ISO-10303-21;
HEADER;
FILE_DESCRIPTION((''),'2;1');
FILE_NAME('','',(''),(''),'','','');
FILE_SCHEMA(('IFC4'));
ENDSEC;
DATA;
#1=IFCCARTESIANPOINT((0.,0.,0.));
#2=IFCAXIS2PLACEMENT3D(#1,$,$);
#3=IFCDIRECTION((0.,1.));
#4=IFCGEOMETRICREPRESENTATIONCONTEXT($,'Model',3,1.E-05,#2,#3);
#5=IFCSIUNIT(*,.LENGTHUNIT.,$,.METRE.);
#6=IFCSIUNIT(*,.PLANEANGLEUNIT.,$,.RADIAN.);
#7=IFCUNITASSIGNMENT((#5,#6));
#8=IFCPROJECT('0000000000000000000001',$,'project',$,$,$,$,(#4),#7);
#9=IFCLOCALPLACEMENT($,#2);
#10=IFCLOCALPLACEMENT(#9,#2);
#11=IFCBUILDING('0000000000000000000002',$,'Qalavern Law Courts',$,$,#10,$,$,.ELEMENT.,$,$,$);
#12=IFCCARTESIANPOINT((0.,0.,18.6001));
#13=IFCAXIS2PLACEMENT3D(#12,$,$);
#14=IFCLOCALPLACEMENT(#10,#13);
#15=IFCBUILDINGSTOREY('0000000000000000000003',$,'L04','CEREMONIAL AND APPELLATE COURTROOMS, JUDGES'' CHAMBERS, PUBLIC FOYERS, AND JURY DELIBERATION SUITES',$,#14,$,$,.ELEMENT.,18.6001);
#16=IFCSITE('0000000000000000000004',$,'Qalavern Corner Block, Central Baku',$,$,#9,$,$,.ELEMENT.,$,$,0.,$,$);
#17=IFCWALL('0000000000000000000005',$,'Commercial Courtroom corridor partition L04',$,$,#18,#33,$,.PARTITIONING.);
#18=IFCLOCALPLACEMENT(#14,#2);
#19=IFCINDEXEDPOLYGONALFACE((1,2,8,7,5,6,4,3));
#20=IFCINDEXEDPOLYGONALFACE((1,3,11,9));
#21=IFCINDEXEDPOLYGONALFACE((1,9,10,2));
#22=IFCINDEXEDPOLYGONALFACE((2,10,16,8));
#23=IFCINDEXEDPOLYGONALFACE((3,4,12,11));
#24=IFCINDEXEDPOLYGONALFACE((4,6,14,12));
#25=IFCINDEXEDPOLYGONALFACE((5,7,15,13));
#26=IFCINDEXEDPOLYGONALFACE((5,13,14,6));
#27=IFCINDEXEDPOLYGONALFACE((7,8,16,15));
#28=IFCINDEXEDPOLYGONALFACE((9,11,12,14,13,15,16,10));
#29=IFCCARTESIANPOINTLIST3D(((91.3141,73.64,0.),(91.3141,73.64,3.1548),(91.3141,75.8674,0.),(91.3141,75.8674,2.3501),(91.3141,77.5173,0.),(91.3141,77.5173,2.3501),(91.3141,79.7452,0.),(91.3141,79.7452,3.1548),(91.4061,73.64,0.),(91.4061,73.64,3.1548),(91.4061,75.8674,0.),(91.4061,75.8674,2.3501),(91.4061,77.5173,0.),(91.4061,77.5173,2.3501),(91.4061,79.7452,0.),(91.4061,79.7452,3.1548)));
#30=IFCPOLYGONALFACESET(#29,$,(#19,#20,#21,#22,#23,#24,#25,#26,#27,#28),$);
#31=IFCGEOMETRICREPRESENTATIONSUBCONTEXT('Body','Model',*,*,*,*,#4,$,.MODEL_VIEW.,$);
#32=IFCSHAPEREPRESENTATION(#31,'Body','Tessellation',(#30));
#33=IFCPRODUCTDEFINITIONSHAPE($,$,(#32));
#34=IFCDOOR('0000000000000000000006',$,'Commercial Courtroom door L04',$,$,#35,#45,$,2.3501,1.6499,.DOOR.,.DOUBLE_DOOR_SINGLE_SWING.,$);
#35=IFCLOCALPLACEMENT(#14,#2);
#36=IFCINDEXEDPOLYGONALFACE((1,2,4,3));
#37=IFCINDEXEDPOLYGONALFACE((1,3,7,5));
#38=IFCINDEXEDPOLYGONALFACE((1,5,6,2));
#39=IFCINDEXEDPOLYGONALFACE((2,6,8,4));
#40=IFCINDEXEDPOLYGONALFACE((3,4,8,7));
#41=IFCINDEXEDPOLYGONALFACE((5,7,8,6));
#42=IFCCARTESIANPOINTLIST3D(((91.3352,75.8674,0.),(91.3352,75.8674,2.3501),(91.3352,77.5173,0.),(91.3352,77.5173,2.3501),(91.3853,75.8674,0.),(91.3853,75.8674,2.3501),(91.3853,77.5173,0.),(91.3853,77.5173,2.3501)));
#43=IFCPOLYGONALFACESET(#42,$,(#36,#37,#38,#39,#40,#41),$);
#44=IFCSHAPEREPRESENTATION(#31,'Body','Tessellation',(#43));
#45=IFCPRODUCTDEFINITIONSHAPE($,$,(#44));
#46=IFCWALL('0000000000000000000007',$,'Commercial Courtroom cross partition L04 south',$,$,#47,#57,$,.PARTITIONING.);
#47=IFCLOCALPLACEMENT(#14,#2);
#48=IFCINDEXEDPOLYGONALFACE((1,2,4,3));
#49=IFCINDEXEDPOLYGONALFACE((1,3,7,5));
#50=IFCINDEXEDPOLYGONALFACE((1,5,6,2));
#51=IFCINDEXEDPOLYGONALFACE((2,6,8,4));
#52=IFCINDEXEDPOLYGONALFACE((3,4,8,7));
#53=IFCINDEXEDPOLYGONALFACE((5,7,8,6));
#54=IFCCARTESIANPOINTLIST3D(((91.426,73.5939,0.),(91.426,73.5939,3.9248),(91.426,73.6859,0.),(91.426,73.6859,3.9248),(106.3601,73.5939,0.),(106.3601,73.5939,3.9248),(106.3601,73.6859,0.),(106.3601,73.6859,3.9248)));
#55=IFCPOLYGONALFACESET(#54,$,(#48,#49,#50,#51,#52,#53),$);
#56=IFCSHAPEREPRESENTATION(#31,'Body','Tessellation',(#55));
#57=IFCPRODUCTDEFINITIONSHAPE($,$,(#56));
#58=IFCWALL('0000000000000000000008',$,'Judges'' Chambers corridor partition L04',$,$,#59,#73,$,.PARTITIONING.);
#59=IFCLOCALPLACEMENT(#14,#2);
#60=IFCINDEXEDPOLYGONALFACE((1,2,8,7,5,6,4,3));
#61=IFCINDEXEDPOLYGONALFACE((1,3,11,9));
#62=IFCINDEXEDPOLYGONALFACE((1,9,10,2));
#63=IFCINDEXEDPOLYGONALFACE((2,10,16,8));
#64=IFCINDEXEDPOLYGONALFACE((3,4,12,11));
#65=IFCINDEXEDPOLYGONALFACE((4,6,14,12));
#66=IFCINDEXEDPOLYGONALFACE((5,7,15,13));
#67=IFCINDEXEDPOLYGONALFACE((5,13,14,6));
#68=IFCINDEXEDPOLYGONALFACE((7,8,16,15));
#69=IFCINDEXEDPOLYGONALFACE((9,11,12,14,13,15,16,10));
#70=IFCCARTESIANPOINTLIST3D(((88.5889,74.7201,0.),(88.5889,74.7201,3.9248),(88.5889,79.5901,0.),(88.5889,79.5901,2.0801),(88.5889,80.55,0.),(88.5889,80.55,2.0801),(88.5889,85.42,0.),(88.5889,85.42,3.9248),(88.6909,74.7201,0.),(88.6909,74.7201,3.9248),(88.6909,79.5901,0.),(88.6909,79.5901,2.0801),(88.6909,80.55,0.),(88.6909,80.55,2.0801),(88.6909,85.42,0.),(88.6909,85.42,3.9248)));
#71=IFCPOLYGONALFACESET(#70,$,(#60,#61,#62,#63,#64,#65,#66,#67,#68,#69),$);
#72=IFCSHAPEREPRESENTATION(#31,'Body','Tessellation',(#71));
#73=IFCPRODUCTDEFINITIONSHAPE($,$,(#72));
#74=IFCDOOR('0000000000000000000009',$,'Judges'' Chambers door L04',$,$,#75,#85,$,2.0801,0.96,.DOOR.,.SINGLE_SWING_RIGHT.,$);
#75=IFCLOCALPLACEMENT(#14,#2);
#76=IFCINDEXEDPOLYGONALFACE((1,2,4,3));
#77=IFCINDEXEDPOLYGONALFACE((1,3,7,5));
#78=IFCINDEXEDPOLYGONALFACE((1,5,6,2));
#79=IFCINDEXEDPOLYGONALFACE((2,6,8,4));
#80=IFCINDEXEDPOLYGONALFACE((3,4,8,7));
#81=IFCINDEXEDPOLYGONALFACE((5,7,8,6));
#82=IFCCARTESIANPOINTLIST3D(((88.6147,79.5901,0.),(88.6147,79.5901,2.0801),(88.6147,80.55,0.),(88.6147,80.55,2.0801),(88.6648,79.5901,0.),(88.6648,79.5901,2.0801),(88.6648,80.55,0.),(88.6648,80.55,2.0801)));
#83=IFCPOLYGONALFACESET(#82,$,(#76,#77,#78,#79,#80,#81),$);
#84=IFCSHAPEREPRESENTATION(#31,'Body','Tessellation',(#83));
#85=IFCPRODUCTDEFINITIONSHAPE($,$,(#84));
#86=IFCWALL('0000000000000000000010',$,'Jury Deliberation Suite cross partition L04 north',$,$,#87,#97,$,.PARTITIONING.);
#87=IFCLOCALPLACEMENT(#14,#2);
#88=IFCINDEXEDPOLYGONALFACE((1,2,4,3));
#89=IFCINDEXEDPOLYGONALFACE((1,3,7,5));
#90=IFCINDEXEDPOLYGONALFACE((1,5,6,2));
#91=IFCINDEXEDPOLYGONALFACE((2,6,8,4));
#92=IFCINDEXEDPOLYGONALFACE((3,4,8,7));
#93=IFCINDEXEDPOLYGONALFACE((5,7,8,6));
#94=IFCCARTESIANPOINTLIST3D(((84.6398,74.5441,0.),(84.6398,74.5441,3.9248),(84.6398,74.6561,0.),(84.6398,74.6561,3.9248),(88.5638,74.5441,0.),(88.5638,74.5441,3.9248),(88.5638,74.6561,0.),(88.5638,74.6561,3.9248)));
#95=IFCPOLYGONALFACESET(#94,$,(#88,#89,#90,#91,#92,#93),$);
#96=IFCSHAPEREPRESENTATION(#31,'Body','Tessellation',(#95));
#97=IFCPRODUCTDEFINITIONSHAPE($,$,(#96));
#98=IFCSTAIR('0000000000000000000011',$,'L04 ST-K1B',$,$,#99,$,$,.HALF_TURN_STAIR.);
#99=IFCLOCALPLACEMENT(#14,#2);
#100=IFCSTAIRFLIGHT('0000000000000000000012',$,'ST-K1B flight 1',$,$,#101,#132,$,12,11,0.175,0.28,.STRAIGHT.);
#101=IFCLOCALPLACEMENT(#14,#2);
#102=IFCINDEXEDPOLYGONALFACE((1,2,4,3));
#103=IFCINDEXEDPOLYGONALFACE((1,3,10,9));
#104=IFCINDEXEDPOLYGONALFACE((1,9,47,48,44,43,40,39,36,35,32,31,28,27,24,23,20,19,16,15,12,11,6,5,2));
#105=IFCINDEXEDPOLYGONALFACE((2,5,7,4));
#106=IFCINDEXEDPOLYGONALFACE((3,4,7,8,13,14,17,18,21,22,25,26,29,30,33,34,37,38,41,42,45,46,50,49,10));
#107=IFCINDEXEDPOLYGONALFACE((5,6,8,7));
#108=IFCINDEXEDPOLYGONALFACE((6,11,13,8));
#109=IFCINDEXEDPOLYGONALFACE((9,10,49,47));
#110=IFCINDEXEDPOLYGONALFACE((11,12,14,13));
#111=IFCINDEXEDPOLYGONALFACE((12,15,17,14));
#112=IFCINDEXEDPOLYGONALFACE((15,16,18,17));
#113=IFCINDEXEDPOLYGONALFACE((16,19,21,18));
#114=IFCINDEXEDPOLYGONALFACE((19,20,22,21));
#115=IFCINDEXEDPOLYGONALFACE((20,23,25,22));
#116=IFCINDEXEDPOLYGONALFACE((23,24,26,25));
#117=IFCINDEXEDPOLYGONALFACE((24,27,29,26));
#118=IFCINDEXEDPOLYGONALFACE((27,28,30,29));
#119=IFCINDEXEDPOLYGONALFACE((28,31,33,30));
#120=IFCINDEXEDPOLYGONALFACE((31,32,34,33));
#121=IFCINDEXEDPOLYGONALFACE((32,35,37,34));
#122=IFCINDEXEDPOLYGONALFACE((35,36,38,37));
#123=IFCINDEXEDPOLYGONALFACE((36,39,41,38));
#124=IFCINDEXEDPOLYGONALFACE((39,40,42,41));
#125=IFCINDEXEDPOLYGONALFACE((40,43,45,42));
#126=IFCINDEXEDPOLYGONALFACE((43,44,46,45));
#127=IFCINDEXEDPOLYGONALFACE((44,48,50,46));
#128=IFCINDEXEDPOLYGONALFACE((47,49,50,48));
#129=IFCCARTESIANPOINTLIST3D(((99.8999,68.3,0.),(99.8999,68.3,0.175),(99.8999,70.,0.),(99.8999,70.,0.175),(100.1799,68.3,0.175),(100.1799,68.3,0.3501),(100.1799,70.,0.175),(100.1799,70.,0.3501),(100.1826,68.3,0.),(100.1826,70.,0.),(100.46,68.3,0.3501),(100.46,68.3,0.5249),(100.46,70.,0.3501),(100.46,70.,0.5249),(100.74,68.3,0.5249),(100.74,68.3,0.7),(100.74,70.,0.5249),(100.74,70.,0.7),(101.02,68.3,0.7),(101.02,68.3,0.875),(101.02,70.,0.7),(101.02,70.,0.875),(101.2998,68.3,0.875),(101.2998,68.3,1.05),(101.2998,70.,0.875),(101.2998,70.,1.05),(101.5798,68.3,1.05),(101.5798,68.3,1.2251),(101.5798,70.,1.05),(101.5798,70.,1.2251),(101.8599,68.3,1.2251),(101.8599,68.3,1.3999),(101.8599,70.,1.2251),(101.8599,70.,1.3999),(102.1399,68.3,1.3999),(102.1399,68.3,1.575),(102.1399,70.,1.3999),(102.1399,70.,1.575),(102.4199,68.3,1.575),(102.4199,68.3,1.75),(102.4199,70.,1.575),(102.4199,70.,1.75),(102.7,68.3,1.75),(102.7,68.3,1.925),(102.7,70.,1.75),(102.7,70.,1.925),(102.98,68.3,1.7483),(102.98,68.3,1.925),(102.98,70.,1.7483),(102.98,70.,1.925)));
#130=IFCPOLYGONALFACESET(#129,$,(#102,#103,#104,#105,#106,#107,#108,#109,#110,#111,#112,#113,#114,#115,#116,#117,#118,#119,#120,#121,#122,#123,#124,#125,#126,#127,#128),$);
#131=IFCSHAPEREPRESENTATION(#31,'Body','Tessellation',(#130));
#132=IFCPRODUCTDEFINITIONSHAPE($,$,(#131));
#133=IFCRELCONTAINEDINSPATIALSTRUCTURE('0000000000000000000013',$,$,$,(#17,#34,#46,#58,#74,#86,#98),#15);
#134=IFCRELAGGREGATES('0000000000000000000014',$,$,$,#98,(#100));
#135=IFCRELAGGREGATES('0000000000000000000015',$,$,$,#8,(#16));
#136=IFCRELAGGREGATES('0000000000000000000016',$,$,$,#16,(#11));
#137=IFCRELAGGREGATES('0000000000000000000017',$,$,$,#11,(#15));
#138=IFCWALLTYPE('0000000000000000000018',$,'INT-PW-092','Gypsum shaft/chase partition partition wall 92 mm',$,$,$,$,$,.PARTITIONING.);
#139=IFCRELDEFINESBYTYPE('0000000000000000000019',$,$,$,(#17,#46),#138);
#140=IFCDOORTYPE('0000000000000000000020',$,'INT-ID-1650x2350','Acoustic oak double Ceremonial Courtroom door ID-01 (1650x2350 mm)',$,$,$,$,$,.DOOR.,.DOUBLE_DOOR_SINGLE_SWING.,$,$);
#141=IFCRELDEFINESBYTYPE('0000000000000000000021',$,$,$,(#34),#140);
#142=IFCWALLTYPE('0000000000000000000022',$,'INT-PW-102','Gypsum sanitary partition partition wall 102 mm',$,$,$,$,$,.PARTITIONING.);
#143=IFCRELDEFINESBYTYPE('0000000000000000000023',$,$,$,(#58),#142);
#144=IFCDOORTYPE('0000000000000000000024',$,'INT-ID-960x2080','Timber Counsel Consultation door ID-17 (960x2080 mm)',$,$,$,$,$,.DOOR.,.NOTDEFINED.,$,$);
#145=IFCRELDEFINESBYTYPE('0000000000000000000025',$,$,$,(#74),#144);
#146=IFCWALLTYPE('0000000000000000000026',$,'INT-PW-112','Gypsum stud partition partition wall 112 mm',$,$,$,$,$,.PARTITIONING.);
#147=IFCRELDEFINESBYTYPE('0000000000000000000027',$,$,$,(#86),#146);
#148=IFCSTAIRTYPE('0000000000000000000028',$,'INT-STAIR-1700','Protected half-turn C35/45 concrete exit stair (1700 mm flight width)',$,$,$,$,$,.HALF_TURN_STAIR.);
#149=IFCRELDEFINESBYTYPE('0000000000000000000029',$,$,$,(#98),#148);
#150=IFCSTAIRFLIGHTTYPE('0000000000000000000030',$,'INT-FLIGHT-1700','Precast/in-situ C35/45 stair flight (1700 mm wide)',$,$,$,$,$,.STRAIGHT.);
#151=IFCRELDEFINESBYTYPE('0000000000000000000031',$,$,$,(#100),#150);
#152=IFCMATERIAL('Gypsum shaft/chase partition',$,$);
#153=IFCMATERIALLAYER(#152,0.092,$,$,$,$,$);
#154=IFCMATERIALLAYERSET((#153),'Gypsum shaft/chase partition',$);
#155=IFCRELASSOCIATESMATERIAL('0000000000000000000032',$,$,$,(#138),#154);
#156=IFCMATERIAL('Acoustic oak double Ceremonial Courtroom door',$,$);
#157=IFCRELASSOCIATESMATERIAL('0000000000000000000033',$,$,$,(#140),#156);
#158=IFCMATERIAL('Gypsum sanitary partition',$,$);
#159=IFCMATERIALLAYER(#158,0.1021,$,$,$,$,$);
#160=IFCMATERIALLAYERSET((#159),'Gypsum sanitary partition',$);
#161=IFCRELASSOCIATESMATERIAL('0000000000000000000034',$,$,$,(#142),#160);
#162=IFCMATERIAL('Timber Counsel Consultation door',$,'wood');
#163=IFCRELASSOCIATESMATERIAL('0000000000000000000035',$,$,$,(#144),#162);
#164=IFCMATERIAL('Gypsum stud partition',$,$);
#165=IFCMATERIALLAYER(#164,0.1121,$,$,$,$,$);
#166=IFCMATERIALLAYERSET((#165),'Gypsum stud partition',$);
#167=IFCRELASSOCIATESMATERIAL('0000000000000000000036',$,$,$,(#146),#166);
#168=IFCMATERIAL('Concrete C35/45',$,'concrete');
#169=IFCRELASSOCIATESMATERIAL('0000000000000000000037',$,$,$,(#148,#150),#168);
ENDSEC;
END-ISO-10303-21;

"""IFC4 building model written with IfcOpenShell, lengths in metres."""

from ifc_helpers import new_model, si_unit, direction, frame, frame_2d, origin, place, context, subcontext, project, spatial, polyline, rectangle, outline, extrude, material, layer, layer_set, type_object, element, fill, aggregate, save


model = new_model("IFC4")

# Units and contexts
model_context = context("Model", 3, precision=1e-05, world=origin(), true_north=direction((0.0, 1.0)))
body_context = subcontext(model_context, "Body", "Model", "MODEL_VIEW")
ifc_project = project(units=[si_unit("LENGTHUNIT", "METRE"), si_unit("PLANEANGLEUNIT", "RADIAN")], contexts=[model_context])

# Site, building, storey
site_placement = place(None, origin())
site = spatial("IfcSite", under=ifc_project, at=site_placement, Name="Qalavern Corner Block, Central Baku", CompositionType="ELEMENT", RefElevation=0.0)
building_placement = place(site_placement, origin())
building = spatial("IfcBuilding", under=site, at=building_placement, Name="Qalavern Law Courts", CompositionType="ELEMENT")
storey_placement = place(building_placement, frame((0.0, 0.0, 18.6001)))
storey = spatial("IfcBuildingStorey", under=building, at=storey_placement, Name="L04", Description="CEREMONIAL AND APPELLATE COURTROOMS, JUDGES' CHAMBERS, PUBLIC FOYERS, AND JURY DELIBERATION SUITES", CompositionType="ELEMENT", Elevation=18.6001)

# Wall, opening, door
ifc_material_1 = material(Name="Gypsum shaft/chase partition")
ifc_layer_1 = layer(ifc_material_1, 0.092)
ifc_layer_set_1 = layer_set([ifc_layer_1], Name="Gypsum shaft/chase partition")
wall_type_1 = type_object("IfcWallType", Name="INT-PW-092", Description="Gypsum shaft/chase partition partition wall 92 mm", PredefinedType="PARTITIONING", material=ifc_layer_set_1)
wall_1_placement = place(storey_placement, frame((91.3601, 73.6399, 0.0), z_axis=(0.0, 0.0, 1.0), x_axis=(0.0, 1.0, 0.0)))
wall_1 = element("IfcWall", 1, at=wall_1_placement, inside=storey, type_object=wall_type_1, Name="Commercial Courtroom corridor partition L04", PredefinedType="PARTITIONING", context=body_context, shape_type="SweptSolid", body=[
    extrude(rectangle(XDim=6.1052, YDim=0.092, at=frame_2d((3.0527, 0.0))), origin(), (0.0, 0.0, 1.0), 3.1548),
])
opening_1_placement = place(wall_1_placement, frame((2.2275, 0.0, 0.0)))
opening_1 = element("IfcOpeningElement", 2, at=opening_1_placement, cuts=wall_1, PredefinedType="OPENING", context=body_context, shape_type="SweptSolid", body=[
    extrude(rectangle(XDim=1.6499, YDim=2.3501, at=frame_2d((0.825, 1.175))), frame((0.0, 0.061, 0.0), z_axis=(0.0, -1.0, 0.0), x_axis=(1.0, 0.0, 0.0)), (0.0, 0.0, 1.0), 0.1218),
])
ifc_material_2 = material(Name="Acoustic oak double Ceremonial Courtroom door")
door_type_1 = type_object("IfcDoorType", Name="INT-ID-1650x2350", Description="Acoustic oak double Ceremonial Courtroom door ID-01 (1650x2350 mm)", OperationType="DOUBLE_DOOR_SINGLE_SWING", PredefinedType="DOOR", material=ifc_material_2)
door_1_placement = place(opening_1_placement, origin())
door_1 = element("IfcDoor", 3, at=door_1_placement, inside=storey, type_object=door_type_1, Name="Commercial Courtroom door L04", OperationType="DOUBLE_DOOR_SINGLE_SWING", OverallHeight=2.3501, OverallWidth=1.6499, PredefinedType="DOOR", context=body_context, shape_type="SweptSolid", body=[
    extrude(rectangle(XDim=1.6499, YDim=2.3501, at=frame_2d((0.825, 1.175))), frame((0.0, 0.0249, 0.0), z_axis=(0.0, -1.0, 0.0), x_axis=(1.0, 0.0, 0.0)), (0.0, 0.0, 1.0), 0.05),
])
fill(opening_1, door_1)

# Wall
wall_2_placement = place(storey_placement, frame((91.426, 73.6399, 0.0), z_axis=(0.0, 0.0, 1.0), x_axis=(1.0, 0.0, 0.0)))
element("IfcWall", 4, at=wall_2_placement, inside=storey, type_object=wall_type_1, Name="Commercial Courtroom cross partition L04 south", PredefinedType="PARTITIONING", context=body_context, shape_type="SweptSolid", body=[
    extrude(rectangle(XDim=14.9341, YDim=0.092, at=frame_2d((7.467, 0.0))), origin(), (0.0, 0.0, 1.0), 3.9248),
])

# Wall, opening, door
ifc_material_3 = material(Name="Gypsum sanitary partition")
ifc_layer_2 = layer(ifc_material_3, 0.1021)
ifc_layer_set_2 = layer_set([ifc_layer_2], Name="Gypsum sanitary partition")
wall_type_2 = type_object("IfcWallType", Name="INT-PW-102", Description="Gypsum sanitary partition partition wall 102 mm", PredefinedType="PARTITIONING", material=ifc_layer_set_2)
wall_3_placement = place(storey_placement, frame((88.6399, 74.72, 0.0), z_axis=(0.0, 0.0, 1.0), x_axis=(0.0, 1.0, 0.0)))
wall_3 = element("IfcWall", 5, at=wall_3_placement, inside=storey, type_object=wall_type_2, Name="Judges' Chambers corridor partition L04", PredefinedType="PARTITIONING", context=body_context, shape_type="SweptSolid", body=[
    extrude(rectangle(XDim=10.7, YDim=0.1021, at=frame_2d((5.3501, 0.0))), origin(), (0.0, 0.0, 1.0), 3.9248),
])
opening_2_placement = place(wall_3_placement, frame((4.8701, 0.0, 0.0)))
opening_2 = element("IfcOpeningElement", 6, at=opening_2_placement, cuts=wall_3, PredefinedType="OPENING", context=body_context, shape_type="SweptSolid", body=[
    extrude(rectangle(XDim=0.96, YDim=2.0801, at=frame_2d((0.48, 1.04))), frame((0.0, 0.0659, 0.0), z_axis=(0.0, -1.0, 0.0), x_axis=(1.0, 0.0, 0.0)), (0.0, 0.0, 1.0), 0.1318),
])
ifc_material_4 = material(Name="Timber Counsel Consultation door", Category="wood")
door_type_2 = type_object("IfcDoorType", Name="INT-ID-960x2080", Description="Timber Counsel Consultation door ID-17 (960x2080 mm)", OperationType="NOTDEFINED", PredefinedType="DOOR", material=ifc_material_4)
door_2_placement = place(opening_2_placement, frame((0.96, 0.0, 0.0), z_axis=(0.0, 0.0, 1.0), x_axis=(-1.0, 0.0, 0.0)))
door_2 = element("IfcDoor", 7, at=door_2_placement, inside=storey, type_object=door_type_2, Name="Judges' Chambers door L04", OperationType="SINGLE_SWING_RIGHT", OverallHeight=2.0801, OverallWidth=0.96, PredefinedType="DOOR", context=body_context, shape_type="SweptSolid", body=[
    extrude(rectangle(XDim=0.96, YDim=2.0801, at=frame_2d((0.48, 1.04))), frame((0.0, 0.0249, 0.0), z_axis=(0.0, -1.0, 0.0), x_axis=(1.0, 0.0, 0.0)), (0.0, 0.0, 1.0), 0.05),
])
fill(opening_2, door_2)

# Wall
ifc_material_5 = material(Name="Gypsum stud partition")
ifc_layer_3 = layer(ifc_material_5, 0.1121)
ifc_layer_set_3 = layer_set([ifc_layer_3], Name="Gypsum stud partition")
wall_type_3 = type_object("IfcWallType", Name="INT-PW-112", Description="Gypsum stud partition partition wall 112 mm", PredefinedType="PARTITIONING", material=ifc_layer_set_3)
wall_4_placement = place(storey_placement, frame((84.6399, 74.6001, 0.0), z_axis=(0.0, 0.0, 1.0), x_axis=(1.0, 0.0, 0.0)))
element("IfcWall", 8, at=wall_4_placement, inside=storey, type_object=wall_type_3, Name="Jury Deliberation Suite cross partition L04 north", PredefinedType="PARTITIONING", context=body_context, shape_type="SweptSolid", body=[
    extrude(rectangle(XDim=3.9241, YDim=0.1121, at=frame_2d((1.9619, 0.0))), origin(), (0.0, 0.0, 1.0), 3.9248),
])

# Stair, stair flight
ifc_material_6 = material(Name="Concrete C35/45", Category="concrete")
stair_type = type_object("IfcStairType", Name="INT-STAIR-1700", Description="Protected half-turn C35/45 concrete exit stair (1700 mm flight width)", PredefinedType="HALF_TURN_STAIR", material=ifc_material_6)
stair_placement = place(storey_placement, origin())
stair = element("IfcStair", 9, at=stair_placement, inside=storey, type_object=stair_type, Name="L04 ST-K1B", PredefinedType="HALF_TURN_STAIR")
stair_flight_type = type_object("IfcStairFlightType", Name="INT-FLIGHT-1700", Description="Precast/in-situ C35/45 stair flight (1700 mm wide)", PredefinedType="STRAIGHT", material=ifc_material_6)
stair_flight_placement = place(storey_placement, frame((99.8999, 69.1499, 0.0), z_axis=(0.0, 0.0, 1.0), x_axis=(1.0, 0.0, 0.0)))
stair_flight = element("IfcStairFlight", 10, at=stair_flight_placement, type_object=stair_flight_type, Name="ST-K1B flight 1", NumberOfRisers=12, NumberOfTreads=11, PredefinedType="STRAIGHT", RiserHeight=0.175, TreadLength=0.28, context=body_context, shape_type="SweptSolid", body=[
    extrude(outline(polyline([(0.0, 0.0), (0.0, 0.175), (0.28, 0.175), (0.28, 0.3501), (0.5601, 0.3501), (0.5601, 0.5249), (0.8401, 0.5249), (0.8401, 0.7), (1.1201, 0.7), (1.1201, 0.875), (1.3999, 0.875), (1.3999, 1.05), (1.6799, 1.05), (1.6799, 1.2251), (1.96, 1.2251), (1.96, 1.3999), (2.24, 1.3999), (2.24, 1.575), (2.52, 1.575), (2.52, 1.75), (2.8, 1.75), (2.8, 1.925), (3.0801, 1.925), (3.0801, 2.1001), (3.0801, 1.7483), (0.2827, 0.0), (0.0, 0.0)])), frame((0.0, 0.8501, 0.0), z_axis=(0.0, -1.0, 0.0), x_axis=(1.0, 0.0, 0.0)), (0.0, 0.0, 1.0), 1.7),
])
aggregate(stair, [stair_flight])

save(model, "model.ifc")
